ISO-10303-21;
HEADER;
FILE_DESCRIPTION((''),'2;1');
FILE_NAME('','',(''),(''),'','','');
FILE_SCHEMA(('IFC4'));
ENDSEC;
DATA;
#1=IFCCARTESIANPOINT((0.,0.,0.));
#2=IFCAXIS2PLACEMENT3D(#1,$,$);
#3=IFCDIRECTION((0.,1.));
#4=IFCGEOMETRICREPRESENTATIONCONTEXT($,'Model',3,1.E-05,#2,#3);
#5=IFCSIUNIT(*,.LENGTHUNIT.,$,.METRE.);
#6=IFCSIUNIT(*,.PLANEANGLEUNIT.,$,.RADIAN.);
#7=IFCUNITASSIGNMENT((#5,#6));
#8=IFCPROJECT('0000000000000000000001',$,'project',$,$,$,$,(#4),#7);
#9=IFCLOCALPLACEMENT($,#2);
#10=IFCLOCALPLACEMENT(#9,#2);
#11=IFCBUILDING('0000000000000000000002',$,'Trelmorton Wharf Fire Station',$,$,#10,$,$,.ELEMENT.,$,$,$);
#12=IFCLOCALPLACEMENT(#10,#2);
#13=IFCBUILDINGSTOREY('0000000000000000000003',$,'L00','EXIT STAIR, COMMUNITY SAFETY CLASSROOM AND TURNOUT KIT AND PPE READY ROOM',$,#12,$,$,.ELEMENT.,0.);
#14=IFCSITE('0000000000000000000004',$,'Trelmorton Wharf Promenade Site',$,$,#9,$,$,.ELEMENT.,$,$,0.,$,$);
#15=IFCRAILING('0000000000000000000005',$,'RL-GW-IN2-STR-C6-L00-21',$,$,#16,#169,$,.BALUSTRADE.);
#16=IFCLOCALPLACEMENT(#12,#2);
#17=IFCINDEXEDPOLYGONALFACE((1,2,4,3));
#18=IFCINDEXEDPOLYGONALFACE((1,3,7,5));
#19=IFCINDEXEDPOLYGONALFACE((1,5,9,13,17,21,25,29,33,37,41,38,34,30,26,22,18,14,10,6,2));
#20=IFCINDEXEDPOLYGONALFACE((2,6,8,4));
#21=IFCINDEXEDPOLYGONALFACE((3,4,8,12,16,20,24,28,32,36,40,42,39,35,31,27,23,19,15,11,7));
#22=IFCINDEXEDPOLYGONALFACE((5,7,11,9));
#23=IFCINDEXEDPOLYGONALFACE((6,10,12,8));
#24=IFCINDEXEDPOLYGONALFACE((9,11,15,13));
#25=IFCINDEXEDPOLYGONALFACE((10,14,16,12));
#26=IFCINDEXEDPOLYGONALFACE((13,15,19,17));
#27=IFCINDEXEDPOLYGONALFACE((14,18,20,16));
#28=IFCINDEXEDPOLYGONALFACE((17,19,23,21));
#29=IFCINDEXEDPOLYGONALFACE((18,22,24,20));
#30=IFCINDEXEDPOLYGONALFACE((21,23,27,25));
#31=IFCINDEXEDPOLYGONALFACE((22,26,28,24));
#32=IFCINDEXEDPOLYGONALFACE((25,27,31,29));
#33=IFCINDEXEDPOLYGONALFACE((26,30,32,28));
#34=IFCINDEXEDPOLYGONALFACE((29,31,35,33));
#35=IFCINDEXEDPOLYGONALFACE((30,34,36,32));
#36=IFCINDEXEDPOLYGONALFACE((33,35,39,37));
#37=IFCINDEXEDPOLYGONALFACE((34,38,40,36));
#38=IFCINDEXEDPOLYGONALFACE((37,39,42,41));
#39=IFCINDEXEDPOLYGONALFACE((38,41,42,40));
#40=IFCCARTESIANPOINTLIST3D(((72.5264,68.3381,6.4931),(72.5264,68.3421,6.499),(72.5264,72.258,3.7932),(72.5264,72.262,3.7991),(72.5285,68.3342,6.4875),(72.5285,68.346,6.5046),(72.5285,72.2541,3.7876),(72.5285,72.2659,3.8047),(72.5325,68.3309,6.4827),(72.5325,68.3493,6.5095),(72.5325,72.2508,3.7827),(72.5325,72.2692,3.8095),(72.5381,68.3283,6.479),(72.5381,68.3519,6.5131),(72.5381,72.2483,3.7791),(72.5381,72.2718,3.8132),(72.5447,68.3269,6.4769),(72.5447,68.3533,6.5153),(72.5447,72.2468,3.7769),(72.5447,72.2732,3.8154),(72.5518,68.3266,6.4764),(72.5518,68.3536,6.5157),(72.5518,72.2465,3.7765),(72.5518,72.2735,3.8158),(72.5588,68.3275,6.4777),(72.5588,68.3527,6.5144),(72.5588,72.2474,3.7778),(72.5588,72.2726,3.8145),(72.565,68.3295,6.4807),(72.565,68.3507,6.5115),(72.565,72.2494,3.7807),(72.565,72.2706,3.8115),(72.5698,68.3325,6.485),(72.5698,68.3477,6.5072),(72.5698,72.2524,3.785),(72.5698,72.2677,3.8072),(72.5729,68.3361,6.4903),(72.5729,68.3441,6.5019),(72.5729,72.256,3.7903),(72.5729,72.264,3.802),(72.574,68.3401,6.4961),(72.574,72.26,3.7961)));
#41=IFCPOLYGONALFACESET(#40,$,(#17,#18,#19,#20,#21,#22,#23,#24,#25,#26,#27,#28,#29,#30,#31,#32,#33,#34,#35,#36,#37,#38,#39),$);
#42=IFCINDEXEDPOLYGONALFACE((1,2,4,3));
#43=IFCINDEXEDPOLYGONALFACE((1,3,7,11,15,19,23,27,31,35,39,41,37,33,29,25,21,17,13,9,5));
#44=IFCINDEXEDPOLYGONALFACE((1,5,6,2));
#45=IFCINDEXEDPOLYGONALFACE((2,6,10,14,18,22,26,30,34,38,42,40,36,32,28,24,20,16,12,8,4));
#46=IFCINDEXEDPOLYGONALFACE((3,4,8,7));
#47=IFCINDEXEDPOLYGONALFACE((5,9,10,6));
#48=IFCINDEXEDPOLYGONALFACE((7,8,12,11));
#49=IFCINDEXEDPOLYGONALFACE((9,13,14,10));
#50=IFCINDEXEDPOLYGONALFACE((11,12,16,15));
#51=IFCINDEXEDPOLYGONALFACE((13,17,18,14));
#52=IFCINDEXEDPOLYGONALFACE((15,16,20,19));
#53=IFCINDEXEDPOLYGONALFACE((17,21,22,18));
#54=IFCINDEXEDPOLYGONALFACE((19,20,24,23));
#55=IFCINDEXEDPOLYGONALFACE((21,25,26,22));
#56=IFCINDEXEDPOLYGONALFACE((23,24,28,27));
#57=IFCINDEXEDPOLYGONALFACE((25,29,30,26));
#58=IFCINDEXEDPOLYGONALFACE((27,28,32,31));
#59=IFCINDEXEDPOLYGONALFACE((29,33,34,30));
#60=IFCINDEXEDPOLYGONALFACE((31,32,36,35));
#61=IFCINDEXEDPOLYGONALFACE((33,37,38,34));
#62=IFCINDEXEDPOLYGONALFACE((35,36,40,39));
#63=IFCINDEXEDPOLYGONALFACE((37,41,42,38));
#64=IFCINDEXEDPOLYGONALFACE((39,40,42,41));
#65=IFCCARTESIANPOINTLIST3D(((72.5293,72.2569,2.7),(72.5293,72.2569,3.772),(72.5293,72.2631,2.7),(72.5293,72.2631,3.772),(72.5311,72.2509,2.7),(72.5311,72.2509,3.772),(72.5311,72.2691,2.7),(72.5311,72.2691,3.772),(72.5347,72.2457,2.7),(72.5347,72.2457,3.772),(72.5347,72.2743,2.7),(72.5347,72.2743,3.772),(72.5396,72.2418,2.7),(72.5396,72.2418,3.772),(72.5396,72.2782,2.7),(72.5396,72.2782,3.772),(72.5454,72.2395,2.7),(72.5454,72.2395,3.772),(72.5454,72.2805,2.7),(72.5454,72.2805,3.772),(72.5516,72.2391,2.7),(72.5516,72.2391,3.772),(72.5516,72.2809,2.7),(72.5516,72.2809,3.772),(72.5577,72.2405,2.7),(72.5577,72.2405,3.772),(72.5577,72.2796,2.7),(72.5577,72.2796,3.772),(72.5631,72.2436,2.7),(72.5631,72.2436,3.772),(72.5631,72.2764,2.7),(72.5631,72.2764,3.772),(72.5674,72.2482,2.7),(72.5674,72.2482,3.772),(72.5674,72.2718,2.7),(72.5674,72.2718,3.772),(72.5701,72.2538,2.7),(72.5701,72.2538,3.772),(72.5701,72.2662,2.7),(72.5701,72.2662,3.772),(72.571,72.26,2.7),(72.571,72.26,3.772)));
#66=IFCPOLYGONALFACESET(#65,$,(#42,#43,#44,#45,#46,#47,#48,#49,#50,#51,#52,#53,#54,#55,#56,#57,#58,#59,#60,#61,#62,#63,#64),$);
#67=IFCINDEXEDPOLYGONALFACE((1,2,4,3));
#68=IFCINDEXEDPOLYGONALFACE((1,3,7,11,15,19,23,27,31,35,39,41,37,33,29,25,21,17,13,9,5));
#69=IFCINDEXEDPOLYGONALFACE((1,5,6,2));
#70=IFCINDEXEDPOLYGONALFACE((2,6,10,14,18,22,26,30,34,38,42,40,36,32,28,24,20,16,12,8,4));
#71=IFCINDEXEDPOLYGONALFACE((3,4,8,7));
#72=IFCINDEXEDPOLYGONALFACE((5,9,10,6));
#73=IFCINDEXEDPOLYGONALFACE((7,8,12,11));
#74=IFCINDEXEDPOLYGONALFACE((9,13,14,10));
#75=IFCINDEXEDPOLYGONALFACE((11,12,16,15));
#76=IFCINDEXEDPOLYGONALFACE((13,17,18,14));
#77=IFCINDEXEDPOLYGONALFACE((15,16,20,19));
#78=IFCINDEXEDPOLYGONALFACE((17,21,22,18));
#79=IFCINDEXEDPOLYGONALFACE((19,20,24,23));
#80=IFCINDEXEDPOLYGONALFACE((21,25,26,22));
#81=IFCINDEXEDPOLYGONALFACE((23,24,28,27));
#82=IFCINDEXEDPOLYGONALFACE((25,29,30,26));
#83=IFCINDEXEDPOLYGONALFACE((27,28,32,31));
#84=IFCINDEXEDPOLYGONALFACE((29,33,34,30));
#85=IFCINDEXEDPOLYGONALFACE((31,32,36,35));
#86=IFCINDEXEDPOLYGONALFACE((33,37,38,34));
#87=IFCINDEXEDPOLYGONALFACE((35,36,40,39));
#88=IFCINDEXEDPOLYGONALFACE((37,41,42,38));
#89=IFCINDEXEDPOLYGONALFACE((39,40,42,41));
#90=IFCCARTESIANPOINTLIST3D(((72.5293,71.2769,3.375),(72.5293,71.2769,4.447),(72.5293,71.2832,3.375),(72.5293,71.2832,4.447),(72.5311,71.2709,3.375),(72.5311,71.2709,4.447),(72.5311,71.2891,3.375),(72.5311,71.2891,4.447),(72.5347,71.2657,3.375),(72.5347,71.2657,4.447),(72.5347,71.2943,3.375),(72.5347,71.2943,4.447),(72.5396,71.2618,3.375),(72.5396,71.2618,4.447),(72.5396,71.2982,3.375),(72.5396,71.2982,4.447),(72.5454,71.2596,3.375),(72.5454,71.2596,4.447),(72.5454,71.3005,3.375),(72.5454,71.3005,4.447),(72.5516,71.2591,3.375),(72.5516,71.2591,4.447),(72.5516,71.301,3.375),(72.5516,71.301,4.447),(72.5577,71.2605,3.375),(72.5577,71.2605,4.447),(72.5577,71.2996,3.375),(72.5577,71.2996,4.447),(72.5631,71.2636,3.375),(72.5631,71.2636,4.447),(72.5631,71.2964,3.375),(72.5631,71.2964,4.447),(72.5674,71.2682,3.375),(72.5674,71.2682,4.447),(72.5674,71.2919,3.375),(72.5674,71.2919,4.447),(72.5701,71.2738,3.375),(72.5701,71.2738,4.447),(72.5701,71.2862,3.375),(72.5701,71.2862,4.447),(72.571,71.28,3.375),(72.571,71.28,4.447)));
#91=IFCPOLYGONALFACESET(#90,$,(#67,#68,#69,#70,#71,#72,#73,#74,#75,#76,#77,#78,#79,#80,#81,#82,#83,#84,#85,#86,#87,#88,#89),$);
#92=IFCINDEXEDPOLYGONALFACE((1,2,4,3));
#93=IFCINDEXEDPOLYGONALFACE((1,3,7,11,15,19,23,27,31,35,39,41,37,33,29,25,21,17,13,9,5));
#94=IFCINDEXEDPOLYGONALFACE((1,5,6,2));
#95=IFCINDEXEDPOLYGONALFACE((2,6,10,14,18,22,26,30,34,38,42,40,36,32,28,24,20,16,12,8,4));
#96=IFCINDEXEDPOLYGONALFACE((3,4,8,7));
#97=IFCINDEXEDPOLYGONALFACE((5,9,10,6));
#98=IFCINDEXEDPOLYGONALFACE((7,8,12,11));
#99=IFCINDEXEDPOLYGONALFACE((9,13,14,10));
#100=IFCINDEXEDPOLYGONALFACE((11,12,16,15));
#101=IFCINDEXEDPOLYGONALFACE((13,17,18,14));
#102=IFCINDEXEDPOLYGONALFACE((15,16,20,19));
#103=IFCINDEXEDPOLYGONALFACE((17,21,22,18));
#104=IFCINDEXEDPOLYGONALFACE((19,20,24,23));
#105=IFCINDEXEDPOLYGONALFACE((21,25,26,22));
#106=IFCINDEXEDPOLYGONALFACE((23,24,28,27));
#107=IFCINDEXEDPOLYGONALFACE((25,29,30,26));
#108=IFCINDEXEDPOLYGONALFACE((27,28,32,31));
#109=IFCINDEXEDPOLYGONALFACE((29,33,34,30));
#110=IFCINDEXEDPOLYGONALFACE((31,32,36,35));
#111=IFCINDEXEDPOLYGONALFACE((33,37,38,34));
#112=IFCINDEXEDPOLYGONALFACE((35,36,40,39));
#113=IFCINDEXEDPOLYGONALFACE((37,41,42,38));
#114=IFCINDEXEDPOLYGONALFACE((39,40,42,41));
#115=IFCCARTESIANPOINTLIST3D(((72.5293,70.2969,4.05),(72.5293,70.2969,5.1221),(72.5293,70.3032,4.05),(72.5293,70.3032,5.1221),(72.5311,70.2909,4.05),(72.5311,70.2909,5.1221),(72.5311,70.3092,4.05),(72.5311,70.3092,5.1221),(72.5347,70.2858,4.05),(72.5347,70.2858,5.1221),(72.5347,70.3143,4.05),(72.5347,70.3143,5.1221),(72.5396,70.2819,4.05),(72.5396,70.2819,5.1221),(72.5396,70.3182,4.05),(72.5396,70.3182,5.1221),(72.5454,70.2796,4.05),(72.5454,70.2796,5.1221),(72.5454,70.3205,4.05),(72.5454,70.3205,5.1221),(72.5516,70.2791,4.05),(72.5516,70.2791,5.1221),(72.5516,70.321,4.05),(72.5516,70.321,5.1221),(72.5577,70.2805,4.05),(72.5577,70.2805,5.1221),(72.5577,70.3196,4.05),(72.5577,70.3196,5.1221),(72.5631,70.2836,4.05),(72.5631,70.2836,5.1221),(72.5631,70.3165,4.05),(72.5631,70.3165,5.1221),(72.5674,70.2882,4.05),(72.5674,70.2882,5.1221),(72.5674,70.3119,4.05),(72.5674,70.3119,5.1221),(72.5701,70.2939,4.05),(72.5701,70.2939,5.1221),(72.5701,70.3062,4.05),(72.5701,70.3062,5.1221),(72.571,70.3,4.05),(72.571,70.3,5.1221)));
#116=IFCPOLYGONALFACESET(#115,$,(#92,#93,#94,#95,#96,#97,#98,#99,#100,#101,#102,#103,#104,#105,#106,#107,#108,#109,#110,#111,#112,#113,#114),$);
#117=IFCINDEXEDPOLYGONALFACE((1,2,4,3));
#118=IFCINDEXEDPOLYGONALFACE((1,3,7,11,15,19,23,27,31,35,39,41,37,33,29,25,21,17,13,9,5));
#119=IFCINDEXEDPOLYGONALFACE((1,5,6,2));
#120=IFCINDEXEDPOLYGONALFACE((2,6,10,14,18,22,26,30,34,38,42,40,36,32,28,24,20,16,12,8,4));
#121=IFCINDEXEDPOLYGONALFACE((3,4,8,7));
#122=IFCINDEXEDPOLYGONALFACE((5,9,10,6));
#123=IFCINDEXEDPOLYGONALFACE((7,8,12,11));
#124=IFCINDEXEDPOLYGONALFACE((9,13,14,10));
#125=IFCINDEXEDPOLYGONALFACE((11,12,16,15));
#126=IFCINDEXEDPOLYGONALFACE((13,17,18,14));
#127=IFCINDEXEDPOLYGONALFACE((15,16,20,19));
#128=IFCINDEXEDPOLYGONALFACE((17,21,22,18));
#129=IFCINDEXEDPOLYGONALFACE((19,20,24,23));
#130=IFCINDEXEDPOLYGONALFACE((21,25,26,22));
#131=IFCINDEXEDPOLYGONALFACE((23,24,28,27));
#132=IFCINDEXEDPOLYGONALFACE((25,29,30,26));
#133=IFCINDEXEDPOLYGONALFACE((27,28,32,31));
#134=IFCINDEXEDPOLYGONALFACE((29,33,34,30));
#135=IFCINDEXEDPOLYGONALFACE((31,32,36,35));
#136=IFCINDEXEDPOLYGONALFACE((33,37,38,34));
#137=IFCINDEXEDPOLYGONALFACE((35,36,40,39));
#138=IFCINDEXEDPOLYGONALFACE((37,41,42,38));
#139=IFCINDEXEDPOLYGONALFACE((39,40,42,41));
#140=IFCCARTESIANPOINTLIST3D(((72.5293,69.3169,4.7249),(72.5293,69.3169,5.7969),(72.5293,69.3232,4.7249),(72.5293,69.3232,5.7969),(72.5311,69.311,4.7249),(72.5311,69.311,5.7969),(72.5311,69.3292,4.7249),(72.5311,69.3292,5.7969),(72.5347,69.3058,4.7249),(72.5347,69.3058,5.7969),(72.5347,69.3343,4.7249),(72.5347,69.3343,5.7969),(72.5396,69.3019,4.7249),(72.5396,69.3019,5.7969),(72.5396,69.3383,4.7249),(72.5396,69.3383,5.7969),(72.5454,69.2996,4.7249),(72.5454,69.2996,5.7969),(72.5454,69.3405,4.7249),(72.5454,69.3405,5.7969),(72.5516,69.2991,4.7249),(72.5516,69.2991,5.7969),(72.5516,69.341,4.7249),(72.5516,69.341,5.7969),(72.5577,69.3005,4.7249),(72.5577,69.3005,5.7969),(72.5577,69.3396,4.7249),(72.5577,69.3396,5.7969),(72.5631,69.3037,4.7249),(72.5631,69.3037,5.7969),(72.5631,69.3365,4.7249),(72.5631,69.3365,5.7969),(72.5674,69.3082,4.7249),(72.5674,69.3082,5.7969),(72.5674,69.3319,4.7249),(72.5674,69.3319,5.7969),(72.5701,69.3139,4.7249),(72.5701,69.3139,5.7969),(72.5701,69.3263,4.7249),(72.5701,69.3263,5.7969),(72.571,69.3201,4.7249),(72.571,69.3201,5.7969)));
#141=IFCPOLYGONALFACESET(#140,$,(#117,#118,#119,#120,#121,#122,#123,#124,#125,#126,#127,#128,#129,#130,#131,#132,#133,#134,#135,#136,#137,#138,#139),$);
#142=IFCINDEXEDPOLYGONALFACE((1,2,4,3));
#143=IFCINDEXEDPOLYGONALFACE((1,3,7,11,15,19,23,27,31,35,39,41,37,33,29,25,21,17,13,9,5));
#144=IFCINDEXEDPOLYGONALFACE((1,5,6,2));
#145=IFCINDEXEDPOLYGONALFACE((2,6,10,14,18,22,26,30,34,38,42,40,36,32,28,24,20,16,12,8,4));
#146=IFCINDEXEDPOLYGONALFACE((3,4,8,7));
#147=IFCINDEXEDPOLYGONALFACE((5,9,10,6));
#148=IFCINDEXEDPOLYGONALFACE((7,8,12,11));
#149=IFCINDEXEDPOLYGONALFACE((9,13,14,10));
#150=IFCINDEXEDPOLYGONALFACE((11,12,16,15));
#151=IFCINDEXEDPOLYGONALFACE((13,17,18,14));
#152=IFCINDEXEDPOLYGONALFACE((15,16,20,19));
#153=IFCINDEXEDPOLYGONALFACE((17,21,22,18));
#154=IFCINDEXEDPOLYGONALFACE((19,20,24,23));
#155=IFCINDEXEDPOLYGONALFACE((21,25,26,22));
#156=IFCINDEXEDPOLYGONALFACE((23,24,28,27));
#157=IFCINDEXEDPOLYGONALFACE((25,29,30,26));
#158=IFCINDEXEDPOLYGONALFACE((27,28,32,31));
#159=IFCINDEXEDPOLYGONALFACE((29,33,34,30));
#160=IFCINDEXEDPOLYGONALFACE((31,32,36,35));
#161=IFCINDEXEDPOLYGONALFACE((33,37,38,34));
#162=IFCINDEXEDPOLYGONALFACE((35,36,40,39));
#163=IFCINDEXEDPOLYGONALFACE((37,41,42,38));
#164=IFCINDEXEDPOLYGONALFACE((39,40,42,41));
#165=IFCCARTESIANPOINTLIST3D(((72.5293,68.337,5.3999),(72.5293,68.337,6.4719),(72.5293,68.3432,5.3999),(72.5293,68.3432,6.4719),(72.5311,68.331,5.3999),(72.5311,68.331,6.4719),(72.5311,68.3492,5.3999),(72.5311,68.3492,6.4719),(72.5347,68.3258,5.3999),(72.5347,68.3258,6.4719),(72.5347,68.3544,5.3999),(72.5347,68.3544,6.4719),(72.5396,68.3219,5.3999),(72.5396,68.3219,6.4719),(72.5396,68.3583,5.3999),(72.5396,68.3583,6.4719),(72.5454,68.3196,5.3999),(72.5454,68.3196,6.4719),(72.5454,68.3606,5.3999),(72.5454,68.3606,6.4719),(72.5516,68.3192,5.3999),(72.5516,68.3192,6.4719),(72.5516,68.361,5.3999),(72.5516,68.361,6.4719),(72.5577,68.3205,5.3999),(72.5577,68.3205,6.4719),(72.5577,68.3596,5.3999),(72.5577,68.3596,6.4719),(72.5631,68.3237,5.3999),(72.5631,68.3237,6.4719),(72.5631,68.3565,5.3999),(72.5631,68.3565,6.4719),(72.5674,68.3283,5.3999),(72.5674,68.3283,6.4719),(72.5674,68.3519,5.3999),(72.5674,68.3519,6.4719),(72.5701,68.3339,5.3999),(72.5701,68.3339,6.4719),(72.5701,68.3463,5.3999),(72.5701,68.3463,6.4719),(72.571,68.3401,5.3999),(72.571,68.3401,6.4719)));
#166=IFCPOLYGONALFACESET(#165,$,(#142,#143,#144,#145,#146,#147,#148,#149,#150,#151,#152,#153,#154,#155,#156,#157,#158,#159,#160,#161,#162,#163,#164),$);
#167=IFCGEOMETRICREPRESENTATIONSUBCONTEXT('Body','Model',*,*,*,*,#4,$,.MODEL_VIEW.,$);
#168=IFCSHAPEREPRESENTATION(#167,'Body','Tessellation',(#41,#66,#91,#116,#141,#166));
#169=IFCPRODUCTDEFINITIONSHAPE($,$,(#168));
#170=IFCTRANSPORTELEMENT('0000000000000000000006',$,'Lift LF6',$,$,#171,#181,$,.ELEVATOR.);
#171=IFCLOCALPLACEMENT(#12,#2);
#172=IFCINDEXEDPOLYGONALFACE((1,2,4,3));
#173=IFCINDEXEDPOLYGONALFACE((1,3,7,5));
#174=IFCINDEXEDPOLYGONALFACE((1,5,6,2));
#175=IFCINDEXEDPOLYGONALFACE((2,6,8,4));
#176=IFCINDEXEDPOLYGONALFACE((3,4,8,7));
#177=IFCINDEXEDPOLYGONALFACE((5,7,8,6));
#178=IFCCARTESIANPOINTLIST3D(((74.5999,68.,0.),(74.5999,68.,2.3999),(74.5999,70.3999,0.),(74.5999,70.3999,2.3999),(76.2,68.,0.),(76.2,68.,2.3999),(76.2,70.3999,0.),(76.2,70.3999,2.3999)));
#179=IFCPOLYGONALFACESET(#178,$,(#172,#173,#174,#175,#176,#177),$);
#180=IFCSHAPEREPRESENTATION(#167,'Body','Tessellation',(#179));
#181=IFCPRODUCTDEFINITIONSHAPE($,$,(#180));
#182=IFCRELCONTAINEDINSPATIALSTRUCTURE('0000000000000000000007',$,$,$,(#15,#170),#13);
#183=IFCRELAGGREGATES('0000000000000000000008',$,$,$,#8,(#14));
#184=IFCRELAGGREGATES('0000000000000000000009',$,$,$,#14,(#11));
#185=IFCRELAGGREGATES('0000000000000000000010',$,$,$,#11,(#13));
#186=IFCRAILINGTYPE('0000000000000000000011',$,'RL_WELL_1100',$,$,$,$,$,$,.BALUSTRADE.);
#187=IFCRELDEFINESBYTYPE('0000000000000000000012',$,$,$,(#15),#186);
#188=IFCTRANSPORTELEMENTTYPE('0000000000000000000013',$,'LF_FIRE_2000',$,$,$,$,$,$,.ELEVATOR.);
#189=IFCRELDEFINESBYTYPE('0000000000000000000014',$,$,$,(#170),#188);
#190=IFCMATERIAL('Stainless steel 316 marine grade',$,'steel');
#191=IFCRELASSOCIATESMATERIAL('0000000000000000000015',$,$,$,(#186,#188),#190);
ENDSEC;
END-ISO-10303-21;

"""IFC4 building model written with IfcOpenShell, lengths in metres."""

from ifc_helpers import new_model, si_unit, direction, frame, origin, origin_2d, place, context, subcontext, project, spatial, rectangle, circle, extrude, material, type_object, element, save


model = new_model("IFC4")

# Units and contexts
model_context = context("Model", 3, precision=1e-05, world=origin(), true_north=direction((0.0, 1.0)))
body_context = subcontext(model_context, "Body", "Model", "MODEL_VIEW")
ifc_project = project(units=[si_unit("LENGTHUNIT", "METRE"), si_unit("PLANEANGLEUNIT", "RADIAN")], contexts=[model_context])

# Site, building, storey
site_placement = place(None, origin())
site = spatial("IfcSite", under=ifc_project, at=site_placement, Name="Trelmorton Wharf Promenade Site", CompositionType="ELEMENT", RefElevation=0.0)
building_placement = place(site_placement, origin())
building = spatial("IfcBuilding", under=site, at=building_placement, Name="Trelmorton Wharf Fire Station", CompositionType="ELEMENT")
storey_placement = place(building_placement, origin())
storey = spatial("IfcBuildingStorey", under=building, at=storey_placement, Name="L00", Description="EXIT STAIR, COMMUNITY SAFETY CLASSROOM AND TURNOUT KIT AND PPE READY ROOM", CompositionType="ELEMENT", Elevation=0.0)

# Shared definitions
ifc_material_1 = material(Name="Stainless steel 316 marine grade", Category="steel")

# Railing
railing_type_1 = type_object("IfcRailingType", Name="RL_WELL_1100", PredefinedType="BALUSTRADE", material=ifc_material_1)
railing_1_placement = place(storey_placement, frame((72.55, 72.26, 2.7)))
element("IfcRailing", 1, at=railing_1_placement, inside=storey, type_object=railing_type_1, Name="RL-GW-IN2-STR-C6-L00-21", PredefinedType="BALUSTRADE", context=body_context, shape_type="SweptSolid", body=[
    extrude(circle(Radius=0.0239, at=origin_2d()), frame((0.0, 0.0, 1.0962), z_axis=(0.0, -0.823551, 0.567243), x_axis=(1.0, 0.0, 0.0)), (0.0, 0.0, 1.0), 4.7598),
    extrude(circle(Radius=0.021, at=origin_2d()), origin(), (0.0, 0.0, 1.0), 1.072),
    extrude(circle(Radius=0.021, at=origin_2d()), frame((0.0, -0.98, 0.675)), (0.0, 0.0, 1.0), 1.072),
    extrude(circle(Radius=0.021, at=origin_2d()), frame((0.0, -1.96, 1.3501)), (0.0, 0.0, 1.0), 1.072),
    extrude(circle(Radius=0.021, at=origin_2d()), frame((0.0, -2.9399, 2.0249)), (0.0, 0.0, 1.0), 1.072),
    extrude(circle(Radius=0.021, at=origin_2d()), frame((0.0, -3.9199, 2.7)), (0.0, 0.0, 1.0), 1.072),
])

# Transport element
transport_element_type = type_object("IfcTransportElementType", Name="LF_FIRE_2000", PredefinedType="ELEVATOR", material=ifc_material_1)
transport_element_placement = place(storey_placement, frame((75.3999, 69.2, 0.0), z_axis=(0.0, 0.0, 1.0), x_axis=(1.0, 0.0, 0.0)))
element("IfcTransportElement", 2, at=transport_element_placement, inside=storey, type_object=transport_element_type, Name="Lift LF6", PredefinedType="ELEVATOR", context=body_context, shape_type="SweptSolid", body=[
    extrude(rectangle(XDim=1.6001, YDim=2.3999, at=origin_2d()), origin(), (0.0, 0.0, 1.0), 2.3999),
])

save(model, "model.ifc")
